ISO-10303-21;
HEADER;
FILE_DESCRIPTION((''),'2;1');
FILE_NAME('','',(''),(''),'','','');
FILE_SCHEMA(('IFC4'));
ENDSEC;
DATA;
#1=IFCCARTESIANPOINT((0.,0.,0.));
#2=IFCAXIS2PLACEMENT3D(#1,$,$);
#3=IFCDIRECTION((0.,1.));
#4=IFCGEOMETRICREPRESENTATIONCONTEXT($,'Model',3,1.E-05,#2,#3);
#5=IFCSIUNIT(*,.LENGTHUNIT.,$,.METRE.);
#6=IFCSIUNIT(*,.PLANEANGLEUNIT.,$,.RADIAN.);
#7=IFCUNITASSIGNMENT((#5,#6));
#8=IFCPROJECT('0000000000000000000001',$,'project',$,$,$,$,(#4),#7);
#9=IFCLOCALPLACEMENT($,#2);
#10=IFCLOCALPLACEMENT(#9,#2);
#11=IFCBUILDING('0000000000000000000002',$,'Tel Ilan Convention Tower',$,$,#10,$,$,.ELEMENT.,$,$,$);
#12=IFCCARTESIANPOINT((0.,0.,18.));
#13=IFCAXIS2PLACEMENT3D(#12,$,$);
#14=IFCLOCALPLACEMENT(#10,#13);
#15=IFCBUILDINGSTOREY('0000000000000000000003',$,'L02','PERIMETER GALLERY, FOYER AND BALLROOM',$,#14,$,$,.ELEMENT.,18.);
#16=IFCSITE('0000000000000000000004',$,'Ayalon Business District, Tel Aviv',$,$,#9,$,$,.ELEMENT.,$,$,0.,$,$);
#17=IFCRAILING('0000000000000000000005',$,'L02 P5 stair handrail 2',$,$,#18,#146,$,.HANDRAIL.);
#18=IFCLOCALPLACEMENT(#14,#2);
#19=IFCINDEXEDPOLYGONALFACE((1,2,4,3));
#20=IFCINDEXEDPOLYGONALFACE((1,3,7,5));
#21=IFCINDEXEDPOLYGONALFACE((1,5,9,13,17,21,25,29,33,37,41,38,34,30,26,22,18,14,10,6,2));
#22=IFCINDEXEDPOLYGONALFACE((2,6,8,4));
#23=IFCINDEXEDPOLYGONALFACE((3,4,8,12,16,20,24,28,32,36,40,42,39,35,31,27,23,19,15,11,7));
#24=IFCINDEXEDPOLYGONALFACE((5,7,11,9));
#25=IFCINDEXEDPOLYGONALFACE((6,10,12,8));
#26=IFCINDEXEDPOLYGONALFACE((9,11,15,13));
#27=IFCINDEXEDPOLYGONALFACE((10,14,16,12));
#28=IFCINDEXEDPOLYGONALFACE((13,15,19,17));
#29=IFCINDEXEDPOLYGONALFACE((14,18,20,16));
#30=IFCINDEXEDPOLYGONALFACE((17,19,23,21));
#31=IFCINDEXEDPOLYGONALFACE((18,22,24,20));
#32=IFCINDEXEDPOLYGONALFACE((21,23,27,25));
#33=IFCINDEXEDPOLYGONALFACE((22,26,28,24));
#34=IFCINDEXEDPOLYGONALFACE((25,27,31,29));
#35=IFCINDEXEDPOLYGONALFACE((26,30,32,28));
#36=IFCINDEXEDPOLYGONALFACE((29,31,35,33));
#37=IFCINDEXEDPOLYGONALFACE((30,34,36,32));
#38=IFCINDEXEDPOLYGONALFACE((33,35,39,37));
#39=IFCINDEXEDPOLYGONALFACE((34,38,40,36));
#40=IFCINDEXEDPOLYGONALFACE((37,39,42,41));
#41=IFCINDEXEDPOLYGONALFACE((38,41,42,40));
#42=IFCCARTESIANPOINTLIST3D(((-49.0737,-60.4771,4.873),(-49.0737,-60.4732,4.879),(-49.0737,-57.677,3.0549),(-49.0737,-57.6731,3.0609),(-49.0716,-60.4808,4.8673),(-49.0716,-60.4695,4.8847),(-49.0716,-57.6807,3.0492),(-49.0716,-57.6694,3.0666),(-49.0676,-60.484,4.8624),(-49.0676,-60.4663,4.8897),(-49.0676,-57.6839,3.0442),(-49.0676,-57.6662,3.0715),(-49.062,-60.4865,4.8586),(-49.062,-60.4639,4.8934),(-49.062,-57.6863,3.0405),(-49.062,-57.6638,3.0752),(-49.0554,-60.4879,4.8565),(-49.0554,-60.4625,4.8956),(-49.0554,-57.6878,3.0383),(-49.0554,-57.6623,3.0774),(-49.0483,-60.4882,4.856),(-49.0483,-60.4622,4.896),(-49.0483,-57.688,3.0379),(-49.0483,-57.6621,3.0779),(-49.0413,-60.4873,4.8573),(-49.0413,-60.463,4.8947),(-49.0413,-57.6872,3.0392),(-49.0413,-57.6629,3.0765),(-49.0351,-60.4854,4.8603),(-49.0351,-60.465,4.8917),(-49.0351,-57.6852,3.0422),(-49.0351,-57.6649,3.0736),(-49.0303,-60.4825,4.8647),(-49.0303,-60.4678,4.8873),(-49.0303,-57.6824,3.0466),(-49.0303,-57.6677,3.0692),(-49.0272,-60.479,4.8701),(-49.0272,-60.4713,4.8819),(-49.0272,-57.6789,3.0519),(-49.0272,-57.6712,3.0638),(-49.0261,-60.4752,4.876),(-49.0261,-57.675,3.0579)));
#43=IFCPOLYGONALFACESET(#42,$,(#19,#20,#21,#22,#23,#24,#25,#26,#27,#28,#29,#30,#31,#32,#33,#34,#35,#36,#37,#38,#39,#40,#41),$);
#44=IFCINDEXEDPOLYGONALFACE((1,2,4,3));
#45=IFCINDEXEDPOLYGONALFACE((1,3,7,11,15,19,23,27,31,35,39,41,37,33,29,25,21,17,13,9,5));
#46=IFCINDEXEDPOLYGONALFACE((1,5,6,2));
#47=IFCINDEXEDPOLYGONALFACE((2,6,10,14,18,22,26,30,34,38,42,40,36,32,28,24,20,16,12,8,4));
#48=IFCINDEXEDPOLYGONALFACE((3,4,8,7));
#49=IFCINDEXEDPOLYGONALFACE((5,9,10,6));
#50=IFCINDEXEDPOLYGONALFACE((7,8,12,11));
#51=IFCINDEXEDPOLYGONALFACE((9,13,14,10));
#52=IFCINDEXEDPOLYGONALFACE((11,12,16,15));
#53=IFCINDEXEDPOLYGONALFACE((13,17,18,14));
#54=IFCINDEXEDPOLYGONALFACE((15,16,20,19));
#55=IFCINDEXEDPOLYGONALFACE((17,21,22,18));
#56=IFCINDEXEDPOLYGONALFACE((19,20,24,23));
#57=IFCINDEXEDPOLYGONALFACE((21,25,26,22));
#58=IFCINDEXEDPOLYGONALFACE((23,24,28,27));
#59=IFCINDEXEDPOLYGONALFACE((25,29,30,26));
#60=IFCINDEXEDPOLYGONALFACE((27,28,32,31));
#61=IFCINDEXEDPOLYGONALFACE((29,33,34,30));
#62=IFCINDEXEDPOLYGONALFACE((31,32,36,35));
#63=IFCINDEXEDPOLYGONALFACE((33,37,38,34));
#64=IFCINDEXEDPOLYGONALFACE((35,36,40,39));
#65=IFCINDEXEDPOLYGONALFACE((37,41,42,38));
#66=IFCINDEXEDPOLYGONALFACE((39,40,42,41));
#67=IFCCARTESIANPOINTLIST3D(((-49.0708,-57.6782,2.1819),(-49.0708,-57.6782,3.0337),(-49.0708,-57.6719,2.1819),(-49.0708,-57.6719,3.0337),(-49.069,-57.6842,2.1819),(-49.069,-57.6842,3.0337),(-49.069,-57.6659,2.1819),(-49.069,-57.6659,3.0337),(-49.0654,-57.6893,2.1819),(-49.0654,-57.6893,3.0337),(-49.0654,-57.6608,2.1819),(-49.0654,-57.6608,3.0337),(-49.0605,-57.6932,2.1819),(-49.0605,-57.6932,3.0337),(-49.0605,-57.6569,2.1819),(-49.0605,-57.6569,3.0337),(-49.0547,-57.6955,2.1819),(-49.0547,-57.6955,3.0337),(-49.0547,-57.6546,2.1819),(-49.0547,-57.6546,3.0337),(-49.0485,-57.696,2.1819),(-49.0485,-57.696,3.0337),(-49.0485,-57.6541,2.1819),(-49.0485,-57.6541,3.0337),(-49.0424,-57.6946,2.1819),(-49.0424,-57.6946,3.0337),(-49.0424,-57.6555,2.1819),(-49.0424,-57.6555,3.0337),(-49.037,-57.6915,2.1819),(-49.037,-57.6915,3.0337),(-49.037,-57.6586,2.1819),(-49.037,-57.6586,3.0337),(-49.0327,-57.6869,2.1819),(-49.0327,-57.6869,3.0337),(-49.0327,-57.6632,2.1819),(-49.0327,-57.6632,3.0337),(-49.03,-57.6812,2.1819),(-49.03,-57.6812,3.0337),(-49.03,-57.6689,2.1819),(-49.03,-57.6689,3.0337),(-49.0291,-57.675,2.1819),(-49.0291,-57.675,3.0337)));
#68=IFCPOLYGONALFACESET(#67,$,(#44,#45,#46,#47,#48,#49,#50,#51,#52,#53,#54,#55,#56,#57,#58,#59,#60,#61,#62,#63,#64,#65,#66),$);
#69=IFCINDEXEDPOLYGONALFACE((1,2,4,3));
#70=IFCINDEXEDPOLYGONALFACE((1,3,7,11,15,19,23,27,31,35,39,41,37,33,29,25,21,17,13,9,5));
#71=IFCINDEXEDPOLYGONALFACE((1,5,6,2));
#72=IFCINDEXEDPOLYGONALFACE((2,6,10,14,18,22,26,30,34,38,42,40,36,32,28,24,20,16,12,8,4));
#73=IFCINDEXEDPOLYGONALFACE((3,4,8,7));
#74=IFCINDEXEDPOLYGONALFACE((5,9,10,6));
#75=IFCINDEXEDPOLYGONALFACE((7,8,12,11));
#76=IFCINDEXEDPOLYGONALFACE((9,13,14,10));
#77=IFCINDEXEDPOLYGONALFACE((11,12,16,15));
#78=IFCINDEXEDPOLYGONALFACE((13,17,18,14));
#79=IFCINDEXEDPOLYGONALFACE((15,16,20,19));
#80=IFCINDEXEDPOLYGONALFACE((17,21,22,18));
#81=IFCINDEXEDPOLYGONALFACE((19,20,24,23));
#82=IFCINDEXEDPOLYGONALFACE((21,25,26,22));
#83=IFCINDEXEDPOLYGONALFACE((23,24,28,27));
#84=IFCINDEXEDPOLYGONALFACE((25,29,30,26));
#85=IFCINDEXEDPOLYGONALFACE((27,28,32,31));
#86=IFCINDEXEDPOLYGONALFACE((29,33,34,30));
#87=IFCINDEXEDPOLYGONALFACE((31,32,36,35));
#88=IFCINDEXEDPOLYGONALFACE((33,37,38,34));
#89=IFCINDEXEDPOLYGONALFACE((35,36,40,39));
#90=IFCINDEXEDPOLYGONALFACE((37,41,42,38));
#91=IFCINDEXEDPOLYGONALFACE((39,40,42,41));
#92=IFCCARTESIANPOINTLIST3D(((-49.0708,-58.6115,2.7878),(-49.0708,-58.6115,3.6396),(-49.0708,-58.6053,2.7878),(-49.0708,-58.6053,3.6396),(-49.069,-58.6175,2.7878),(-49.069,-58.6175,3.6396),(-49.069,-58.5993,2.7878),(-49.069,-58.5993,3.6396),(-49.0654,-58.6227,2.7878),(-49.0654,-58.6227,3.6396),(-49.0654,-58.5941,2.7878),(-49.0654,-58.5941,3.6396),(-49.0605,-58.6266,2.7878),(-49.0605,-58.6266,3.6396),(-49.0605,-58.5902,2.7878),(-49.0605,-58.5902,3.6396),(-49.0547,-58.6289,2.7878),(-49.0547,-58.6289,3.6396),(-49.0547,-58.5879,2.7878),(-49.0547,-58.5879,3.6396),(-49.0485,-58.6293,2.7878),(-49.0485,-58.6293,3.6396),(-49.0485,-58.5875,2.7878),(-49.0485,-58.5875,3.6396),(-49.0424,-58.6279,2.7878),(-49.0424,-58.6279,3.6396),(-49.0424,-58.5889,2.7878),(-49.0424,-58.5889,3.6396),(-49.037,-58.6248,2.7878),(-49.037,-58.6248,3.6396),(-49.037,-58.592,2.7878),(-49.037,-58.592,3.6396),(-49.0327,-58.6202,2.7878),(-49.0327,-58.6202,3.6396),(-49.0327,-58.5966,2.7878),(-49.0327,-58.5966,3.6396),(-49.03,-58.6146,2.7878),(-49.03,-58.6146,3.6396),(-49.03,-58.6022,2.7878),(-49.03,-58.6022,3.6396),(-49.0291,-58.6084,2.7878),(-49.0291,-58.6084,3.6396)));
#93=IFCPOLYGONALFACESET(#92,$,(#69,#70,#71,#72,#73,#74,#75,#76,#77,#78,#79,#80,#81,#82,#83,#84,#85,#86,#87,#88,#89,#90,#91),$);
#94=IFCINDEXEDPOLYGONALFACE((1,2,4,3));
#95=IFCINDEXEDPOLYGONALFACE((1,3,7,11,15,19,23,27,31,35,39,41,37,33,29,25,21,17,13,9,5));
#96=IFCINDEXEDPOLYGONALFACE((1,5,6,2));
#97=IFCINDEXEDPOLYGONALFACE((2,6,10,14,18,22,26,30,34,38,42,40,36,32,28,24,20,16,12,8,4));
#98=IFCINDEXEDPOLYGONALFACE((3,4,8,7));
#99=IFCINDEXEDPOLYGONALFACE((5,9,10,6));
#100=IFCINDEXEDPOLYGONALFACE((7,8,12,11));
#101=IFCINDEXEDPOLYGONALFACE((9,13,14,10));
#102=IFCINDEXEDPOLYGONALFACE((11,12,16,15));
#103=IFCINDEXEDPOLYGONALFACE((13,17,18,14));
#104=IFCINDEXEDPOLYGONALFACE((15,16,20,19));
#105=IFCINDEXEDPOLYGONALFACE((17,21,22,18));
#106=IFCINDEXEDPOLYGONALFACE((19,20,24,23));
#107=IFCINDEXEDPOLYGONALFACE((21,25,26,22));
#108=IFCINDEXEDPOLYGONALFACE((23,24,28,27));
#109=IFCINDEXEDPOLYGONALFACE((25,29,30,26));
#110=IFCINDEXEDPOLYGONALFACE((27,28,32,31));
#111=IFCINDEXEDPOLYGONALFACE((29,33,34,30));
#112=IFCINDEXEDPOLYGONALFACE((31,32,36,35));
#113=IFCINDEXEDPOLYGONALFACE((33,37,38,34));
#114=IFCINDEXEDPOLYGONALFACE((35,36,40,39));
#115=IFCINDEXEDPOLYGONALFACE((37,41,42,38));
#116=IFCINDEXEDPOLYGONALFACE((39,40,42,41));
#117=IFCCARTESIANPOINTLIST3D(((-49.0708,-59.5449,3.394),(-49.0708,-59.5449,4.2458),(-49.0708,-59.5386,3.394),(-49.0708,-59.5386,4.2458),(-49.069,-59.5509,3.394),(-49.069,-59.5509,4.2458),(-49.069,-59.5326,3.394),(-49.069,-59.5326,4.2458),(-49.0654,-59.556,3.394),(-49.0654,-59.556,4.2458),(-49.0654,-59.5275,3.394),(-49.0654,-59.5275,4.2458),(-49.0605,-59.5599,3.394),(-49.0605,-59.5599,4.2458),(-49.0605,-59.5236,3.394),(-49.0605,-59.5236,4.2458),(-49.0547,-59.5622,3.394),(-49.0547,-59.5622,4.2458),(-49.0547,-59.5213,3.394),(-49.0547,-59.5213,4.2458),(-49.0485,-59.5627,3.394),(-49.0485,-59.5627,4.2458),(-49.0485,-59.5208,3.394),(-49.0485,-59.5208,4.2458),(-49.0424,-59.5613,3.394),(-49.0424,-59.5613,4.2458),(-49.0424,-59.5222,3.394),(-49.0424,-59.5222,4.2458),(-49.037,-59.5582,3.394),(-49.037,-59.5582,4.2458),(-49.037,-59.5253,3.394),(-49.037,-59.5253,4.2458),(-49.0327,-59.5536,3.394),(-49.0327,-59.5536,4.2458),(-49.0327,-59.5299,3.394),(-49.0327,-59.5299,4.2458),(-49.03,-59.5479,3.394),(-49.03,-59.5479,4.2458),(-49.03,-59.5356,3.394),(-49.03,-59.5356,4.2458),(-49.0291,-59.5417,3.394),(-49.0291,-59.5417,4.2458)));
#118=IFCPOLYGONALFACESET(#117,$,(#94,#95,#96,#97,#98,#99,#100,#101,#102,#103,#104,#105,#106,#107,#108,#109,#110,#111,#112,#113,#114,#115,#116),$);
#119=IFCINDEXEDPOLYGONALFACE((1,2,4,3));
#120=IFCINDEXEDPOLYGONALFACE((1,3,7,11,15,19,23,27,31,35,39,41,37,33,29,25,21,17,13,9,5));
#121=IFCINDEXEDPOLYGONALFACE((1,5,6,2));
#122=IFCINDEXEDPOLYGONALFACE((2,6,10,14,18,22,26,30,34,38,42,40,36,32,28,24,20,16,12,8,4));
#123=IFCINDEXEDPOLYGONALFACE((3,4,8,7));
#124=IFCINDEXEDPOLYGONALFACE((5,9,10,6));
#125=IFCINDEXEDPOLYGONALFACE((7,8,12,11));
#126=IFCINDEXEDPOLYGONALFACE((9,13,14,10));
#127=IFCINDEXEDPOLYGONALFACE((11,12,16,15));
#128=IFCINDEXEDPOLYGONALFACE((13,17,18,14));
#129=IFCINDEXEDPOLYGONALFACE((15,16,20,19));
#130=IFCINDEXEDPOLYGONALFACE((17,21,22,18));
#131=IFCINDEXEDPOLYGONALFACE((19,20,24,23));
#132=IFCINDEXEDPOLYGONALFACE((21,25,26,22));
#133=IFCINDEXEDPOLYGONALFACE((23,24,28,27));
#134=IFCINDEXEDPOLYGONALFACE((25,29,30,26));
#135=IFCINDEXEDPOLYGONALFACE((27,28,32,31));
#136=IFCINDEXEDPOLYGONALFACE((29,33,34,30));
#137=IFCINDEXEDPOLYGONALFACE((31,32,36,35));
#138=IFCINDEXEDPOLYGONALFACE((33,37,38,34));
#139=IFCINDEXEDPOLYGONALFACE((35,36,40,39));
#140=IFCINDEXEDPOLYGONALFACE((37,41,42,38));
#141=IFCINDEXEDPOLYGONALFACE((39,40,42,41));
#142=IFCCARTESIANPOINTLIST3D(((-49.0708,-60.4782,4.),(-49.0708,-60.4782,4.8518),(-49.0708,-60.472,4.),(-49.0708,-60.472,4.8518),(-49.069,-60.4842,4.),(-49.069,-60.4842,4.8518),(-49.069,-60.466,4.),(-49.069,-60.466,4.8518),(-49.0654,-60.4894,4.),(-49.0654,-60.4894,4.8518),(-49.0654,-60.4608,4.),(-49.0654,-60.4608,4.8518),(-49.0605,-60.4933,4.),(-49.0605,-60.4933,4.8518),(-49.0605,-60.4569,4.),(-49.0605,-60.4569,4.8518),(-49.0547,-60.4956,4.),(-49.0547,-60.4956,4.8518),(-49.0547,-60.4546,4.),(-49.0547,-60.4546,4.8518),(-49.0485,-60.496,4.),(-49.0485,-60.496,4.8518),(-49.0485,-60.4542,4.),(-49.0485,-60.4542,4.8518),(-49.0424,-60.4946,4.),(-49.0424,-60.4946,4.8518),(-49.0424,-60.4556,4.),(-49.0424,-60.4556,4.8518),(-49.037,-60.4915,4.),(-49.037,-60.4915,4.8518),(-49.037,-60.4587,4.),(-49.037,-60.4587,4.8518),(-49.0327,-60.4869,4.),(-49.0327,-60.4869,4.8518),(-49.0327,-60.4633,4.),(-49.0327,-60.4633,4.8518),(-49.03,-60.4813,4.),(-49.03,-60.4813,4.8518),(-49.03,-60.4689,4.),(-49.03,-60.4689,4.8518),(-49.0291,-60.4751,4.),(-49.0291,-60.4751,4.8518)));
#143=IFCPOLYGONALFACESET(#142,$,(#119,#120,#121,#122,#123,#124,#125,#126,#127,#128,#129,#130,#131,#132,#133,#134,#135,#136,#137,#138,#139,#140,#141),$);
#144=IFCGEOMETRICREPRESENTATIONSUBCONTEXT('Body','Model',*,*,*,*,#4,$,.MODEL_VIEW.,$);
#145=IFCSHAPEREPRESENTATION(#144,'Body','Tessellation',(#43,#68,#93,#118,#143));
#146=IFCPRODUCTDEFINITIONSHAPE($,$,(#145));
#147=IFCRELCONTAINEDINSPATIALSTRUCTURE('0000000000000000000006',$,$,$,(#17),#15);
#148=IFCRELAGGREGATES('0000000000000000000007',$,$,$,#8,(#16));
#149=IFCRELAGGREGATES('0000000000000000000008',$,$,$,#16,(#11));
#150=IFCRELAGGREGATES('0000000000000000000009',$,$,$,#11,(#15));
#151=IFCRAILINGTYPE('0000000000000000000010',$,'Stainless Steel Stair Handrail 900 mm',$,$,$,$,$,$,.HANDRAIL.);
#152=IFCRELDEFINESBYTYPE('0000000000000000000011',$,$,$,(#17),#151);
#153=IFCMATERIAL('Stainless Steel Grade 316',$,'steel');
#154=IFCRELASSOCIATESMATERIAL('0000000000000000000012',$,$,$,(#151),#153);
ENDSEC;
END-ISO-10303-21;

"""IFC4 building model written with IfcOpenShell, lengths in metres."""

from ifc_helpers import new_model, si_unit, direction, frame, origin, origin_2d, place, context, subcontext, project, spatial, circle, extrude, material, type_object, element, save


model = new_model("IFC4")

# Units and contexts
model_context = context("Model", 3, precision=1e-05, world=origin(), true_north=direction((0.0, 1.0)))
body_context = subcontext(model_context, "Body", "Model", "MODEL_VIEW")
ifc_project = project(units=[si_unit("LENGTHUNIT", "METRE"), si_unit("PLANEANGLEUNIT", "RADIAN")], contexts=[model_context])

# Site, building, storey
site_placement = place(None, origin())
site = spatial("IfcSite", under=ifc_project, at=site_placement, Name="Ayalon Business District, Tel Aviv", CompositionType="ELEMENT", RefElevation=0.0)
building_placement = place(site_placement, origin())
building = spatial("IfcBuilding", under=site, at=building_placement, Name="Tel Ilan Convention Tower", CompositionType="ELEMENT")
storey_placement = place(building_placement, frame((0.0, 0.0, 18.0)))
storey = spatial("IfcBuildingStorey", under=building, at=storey_placement, Name="L02", Description="PERIMETER GALLERY, FOYER AND BALLROOM", CompositionType="ELEMENT", Elevation=18.0)

# Railing
ifc_material_1 = material(Name="Stainless Steel Grade 316", Category="steel")
railing_type_1 = type_object("IfcRailingType", Name="Stainless Steel Stair Handrail 900 mm", PredefinedType="HANDRAIL", material=ifc_material_1)
railing_1_placement = place(storey_placement, frame((-49.05, -57.675, 2.1819)))
element("IfcRailing", 1, at=railing_1_placement, inside=storey, type_object=railing_type_1, Name="L02 P5 stair handrail 2", PredefinedType="HANDRAIL", context=body_context, shape_type="SweptSolid", body=[
    extrude(circle(Radius=0.0239, at=origin_2d()), frame((0.0, 0.0, 0.876), z_axis=(0.0, -0.838706, 0.544585), x_axis=(1.0, 0.0, 0.0)), (0.0, 0.0, 1.0), 3.3386),
    extrude(circle(Radius=0.021, at=origin_2d()), origin(), (0.0, 0.0, 1.0), 0.8518),
    extrude(circle(Radius=0.021, at=origin_2d()), frame((0.0, -0.9333, 0.606)), (0.0, 0.0, 1.0), 0.8518),
    extrude(circle(Radius=0.021, at=origin_2d()), frame((0.0, -1.8667, 1.2122)), (0.0, 0.0, 1.0), 0.8518),
    extrude(circle(Radius=0.021, at=origin_2d()), frame((0.0, -2.8, 1.8181)), (0.0, 0.0, 1.0), 0.8518),
])

save(model, "model.ifc")
